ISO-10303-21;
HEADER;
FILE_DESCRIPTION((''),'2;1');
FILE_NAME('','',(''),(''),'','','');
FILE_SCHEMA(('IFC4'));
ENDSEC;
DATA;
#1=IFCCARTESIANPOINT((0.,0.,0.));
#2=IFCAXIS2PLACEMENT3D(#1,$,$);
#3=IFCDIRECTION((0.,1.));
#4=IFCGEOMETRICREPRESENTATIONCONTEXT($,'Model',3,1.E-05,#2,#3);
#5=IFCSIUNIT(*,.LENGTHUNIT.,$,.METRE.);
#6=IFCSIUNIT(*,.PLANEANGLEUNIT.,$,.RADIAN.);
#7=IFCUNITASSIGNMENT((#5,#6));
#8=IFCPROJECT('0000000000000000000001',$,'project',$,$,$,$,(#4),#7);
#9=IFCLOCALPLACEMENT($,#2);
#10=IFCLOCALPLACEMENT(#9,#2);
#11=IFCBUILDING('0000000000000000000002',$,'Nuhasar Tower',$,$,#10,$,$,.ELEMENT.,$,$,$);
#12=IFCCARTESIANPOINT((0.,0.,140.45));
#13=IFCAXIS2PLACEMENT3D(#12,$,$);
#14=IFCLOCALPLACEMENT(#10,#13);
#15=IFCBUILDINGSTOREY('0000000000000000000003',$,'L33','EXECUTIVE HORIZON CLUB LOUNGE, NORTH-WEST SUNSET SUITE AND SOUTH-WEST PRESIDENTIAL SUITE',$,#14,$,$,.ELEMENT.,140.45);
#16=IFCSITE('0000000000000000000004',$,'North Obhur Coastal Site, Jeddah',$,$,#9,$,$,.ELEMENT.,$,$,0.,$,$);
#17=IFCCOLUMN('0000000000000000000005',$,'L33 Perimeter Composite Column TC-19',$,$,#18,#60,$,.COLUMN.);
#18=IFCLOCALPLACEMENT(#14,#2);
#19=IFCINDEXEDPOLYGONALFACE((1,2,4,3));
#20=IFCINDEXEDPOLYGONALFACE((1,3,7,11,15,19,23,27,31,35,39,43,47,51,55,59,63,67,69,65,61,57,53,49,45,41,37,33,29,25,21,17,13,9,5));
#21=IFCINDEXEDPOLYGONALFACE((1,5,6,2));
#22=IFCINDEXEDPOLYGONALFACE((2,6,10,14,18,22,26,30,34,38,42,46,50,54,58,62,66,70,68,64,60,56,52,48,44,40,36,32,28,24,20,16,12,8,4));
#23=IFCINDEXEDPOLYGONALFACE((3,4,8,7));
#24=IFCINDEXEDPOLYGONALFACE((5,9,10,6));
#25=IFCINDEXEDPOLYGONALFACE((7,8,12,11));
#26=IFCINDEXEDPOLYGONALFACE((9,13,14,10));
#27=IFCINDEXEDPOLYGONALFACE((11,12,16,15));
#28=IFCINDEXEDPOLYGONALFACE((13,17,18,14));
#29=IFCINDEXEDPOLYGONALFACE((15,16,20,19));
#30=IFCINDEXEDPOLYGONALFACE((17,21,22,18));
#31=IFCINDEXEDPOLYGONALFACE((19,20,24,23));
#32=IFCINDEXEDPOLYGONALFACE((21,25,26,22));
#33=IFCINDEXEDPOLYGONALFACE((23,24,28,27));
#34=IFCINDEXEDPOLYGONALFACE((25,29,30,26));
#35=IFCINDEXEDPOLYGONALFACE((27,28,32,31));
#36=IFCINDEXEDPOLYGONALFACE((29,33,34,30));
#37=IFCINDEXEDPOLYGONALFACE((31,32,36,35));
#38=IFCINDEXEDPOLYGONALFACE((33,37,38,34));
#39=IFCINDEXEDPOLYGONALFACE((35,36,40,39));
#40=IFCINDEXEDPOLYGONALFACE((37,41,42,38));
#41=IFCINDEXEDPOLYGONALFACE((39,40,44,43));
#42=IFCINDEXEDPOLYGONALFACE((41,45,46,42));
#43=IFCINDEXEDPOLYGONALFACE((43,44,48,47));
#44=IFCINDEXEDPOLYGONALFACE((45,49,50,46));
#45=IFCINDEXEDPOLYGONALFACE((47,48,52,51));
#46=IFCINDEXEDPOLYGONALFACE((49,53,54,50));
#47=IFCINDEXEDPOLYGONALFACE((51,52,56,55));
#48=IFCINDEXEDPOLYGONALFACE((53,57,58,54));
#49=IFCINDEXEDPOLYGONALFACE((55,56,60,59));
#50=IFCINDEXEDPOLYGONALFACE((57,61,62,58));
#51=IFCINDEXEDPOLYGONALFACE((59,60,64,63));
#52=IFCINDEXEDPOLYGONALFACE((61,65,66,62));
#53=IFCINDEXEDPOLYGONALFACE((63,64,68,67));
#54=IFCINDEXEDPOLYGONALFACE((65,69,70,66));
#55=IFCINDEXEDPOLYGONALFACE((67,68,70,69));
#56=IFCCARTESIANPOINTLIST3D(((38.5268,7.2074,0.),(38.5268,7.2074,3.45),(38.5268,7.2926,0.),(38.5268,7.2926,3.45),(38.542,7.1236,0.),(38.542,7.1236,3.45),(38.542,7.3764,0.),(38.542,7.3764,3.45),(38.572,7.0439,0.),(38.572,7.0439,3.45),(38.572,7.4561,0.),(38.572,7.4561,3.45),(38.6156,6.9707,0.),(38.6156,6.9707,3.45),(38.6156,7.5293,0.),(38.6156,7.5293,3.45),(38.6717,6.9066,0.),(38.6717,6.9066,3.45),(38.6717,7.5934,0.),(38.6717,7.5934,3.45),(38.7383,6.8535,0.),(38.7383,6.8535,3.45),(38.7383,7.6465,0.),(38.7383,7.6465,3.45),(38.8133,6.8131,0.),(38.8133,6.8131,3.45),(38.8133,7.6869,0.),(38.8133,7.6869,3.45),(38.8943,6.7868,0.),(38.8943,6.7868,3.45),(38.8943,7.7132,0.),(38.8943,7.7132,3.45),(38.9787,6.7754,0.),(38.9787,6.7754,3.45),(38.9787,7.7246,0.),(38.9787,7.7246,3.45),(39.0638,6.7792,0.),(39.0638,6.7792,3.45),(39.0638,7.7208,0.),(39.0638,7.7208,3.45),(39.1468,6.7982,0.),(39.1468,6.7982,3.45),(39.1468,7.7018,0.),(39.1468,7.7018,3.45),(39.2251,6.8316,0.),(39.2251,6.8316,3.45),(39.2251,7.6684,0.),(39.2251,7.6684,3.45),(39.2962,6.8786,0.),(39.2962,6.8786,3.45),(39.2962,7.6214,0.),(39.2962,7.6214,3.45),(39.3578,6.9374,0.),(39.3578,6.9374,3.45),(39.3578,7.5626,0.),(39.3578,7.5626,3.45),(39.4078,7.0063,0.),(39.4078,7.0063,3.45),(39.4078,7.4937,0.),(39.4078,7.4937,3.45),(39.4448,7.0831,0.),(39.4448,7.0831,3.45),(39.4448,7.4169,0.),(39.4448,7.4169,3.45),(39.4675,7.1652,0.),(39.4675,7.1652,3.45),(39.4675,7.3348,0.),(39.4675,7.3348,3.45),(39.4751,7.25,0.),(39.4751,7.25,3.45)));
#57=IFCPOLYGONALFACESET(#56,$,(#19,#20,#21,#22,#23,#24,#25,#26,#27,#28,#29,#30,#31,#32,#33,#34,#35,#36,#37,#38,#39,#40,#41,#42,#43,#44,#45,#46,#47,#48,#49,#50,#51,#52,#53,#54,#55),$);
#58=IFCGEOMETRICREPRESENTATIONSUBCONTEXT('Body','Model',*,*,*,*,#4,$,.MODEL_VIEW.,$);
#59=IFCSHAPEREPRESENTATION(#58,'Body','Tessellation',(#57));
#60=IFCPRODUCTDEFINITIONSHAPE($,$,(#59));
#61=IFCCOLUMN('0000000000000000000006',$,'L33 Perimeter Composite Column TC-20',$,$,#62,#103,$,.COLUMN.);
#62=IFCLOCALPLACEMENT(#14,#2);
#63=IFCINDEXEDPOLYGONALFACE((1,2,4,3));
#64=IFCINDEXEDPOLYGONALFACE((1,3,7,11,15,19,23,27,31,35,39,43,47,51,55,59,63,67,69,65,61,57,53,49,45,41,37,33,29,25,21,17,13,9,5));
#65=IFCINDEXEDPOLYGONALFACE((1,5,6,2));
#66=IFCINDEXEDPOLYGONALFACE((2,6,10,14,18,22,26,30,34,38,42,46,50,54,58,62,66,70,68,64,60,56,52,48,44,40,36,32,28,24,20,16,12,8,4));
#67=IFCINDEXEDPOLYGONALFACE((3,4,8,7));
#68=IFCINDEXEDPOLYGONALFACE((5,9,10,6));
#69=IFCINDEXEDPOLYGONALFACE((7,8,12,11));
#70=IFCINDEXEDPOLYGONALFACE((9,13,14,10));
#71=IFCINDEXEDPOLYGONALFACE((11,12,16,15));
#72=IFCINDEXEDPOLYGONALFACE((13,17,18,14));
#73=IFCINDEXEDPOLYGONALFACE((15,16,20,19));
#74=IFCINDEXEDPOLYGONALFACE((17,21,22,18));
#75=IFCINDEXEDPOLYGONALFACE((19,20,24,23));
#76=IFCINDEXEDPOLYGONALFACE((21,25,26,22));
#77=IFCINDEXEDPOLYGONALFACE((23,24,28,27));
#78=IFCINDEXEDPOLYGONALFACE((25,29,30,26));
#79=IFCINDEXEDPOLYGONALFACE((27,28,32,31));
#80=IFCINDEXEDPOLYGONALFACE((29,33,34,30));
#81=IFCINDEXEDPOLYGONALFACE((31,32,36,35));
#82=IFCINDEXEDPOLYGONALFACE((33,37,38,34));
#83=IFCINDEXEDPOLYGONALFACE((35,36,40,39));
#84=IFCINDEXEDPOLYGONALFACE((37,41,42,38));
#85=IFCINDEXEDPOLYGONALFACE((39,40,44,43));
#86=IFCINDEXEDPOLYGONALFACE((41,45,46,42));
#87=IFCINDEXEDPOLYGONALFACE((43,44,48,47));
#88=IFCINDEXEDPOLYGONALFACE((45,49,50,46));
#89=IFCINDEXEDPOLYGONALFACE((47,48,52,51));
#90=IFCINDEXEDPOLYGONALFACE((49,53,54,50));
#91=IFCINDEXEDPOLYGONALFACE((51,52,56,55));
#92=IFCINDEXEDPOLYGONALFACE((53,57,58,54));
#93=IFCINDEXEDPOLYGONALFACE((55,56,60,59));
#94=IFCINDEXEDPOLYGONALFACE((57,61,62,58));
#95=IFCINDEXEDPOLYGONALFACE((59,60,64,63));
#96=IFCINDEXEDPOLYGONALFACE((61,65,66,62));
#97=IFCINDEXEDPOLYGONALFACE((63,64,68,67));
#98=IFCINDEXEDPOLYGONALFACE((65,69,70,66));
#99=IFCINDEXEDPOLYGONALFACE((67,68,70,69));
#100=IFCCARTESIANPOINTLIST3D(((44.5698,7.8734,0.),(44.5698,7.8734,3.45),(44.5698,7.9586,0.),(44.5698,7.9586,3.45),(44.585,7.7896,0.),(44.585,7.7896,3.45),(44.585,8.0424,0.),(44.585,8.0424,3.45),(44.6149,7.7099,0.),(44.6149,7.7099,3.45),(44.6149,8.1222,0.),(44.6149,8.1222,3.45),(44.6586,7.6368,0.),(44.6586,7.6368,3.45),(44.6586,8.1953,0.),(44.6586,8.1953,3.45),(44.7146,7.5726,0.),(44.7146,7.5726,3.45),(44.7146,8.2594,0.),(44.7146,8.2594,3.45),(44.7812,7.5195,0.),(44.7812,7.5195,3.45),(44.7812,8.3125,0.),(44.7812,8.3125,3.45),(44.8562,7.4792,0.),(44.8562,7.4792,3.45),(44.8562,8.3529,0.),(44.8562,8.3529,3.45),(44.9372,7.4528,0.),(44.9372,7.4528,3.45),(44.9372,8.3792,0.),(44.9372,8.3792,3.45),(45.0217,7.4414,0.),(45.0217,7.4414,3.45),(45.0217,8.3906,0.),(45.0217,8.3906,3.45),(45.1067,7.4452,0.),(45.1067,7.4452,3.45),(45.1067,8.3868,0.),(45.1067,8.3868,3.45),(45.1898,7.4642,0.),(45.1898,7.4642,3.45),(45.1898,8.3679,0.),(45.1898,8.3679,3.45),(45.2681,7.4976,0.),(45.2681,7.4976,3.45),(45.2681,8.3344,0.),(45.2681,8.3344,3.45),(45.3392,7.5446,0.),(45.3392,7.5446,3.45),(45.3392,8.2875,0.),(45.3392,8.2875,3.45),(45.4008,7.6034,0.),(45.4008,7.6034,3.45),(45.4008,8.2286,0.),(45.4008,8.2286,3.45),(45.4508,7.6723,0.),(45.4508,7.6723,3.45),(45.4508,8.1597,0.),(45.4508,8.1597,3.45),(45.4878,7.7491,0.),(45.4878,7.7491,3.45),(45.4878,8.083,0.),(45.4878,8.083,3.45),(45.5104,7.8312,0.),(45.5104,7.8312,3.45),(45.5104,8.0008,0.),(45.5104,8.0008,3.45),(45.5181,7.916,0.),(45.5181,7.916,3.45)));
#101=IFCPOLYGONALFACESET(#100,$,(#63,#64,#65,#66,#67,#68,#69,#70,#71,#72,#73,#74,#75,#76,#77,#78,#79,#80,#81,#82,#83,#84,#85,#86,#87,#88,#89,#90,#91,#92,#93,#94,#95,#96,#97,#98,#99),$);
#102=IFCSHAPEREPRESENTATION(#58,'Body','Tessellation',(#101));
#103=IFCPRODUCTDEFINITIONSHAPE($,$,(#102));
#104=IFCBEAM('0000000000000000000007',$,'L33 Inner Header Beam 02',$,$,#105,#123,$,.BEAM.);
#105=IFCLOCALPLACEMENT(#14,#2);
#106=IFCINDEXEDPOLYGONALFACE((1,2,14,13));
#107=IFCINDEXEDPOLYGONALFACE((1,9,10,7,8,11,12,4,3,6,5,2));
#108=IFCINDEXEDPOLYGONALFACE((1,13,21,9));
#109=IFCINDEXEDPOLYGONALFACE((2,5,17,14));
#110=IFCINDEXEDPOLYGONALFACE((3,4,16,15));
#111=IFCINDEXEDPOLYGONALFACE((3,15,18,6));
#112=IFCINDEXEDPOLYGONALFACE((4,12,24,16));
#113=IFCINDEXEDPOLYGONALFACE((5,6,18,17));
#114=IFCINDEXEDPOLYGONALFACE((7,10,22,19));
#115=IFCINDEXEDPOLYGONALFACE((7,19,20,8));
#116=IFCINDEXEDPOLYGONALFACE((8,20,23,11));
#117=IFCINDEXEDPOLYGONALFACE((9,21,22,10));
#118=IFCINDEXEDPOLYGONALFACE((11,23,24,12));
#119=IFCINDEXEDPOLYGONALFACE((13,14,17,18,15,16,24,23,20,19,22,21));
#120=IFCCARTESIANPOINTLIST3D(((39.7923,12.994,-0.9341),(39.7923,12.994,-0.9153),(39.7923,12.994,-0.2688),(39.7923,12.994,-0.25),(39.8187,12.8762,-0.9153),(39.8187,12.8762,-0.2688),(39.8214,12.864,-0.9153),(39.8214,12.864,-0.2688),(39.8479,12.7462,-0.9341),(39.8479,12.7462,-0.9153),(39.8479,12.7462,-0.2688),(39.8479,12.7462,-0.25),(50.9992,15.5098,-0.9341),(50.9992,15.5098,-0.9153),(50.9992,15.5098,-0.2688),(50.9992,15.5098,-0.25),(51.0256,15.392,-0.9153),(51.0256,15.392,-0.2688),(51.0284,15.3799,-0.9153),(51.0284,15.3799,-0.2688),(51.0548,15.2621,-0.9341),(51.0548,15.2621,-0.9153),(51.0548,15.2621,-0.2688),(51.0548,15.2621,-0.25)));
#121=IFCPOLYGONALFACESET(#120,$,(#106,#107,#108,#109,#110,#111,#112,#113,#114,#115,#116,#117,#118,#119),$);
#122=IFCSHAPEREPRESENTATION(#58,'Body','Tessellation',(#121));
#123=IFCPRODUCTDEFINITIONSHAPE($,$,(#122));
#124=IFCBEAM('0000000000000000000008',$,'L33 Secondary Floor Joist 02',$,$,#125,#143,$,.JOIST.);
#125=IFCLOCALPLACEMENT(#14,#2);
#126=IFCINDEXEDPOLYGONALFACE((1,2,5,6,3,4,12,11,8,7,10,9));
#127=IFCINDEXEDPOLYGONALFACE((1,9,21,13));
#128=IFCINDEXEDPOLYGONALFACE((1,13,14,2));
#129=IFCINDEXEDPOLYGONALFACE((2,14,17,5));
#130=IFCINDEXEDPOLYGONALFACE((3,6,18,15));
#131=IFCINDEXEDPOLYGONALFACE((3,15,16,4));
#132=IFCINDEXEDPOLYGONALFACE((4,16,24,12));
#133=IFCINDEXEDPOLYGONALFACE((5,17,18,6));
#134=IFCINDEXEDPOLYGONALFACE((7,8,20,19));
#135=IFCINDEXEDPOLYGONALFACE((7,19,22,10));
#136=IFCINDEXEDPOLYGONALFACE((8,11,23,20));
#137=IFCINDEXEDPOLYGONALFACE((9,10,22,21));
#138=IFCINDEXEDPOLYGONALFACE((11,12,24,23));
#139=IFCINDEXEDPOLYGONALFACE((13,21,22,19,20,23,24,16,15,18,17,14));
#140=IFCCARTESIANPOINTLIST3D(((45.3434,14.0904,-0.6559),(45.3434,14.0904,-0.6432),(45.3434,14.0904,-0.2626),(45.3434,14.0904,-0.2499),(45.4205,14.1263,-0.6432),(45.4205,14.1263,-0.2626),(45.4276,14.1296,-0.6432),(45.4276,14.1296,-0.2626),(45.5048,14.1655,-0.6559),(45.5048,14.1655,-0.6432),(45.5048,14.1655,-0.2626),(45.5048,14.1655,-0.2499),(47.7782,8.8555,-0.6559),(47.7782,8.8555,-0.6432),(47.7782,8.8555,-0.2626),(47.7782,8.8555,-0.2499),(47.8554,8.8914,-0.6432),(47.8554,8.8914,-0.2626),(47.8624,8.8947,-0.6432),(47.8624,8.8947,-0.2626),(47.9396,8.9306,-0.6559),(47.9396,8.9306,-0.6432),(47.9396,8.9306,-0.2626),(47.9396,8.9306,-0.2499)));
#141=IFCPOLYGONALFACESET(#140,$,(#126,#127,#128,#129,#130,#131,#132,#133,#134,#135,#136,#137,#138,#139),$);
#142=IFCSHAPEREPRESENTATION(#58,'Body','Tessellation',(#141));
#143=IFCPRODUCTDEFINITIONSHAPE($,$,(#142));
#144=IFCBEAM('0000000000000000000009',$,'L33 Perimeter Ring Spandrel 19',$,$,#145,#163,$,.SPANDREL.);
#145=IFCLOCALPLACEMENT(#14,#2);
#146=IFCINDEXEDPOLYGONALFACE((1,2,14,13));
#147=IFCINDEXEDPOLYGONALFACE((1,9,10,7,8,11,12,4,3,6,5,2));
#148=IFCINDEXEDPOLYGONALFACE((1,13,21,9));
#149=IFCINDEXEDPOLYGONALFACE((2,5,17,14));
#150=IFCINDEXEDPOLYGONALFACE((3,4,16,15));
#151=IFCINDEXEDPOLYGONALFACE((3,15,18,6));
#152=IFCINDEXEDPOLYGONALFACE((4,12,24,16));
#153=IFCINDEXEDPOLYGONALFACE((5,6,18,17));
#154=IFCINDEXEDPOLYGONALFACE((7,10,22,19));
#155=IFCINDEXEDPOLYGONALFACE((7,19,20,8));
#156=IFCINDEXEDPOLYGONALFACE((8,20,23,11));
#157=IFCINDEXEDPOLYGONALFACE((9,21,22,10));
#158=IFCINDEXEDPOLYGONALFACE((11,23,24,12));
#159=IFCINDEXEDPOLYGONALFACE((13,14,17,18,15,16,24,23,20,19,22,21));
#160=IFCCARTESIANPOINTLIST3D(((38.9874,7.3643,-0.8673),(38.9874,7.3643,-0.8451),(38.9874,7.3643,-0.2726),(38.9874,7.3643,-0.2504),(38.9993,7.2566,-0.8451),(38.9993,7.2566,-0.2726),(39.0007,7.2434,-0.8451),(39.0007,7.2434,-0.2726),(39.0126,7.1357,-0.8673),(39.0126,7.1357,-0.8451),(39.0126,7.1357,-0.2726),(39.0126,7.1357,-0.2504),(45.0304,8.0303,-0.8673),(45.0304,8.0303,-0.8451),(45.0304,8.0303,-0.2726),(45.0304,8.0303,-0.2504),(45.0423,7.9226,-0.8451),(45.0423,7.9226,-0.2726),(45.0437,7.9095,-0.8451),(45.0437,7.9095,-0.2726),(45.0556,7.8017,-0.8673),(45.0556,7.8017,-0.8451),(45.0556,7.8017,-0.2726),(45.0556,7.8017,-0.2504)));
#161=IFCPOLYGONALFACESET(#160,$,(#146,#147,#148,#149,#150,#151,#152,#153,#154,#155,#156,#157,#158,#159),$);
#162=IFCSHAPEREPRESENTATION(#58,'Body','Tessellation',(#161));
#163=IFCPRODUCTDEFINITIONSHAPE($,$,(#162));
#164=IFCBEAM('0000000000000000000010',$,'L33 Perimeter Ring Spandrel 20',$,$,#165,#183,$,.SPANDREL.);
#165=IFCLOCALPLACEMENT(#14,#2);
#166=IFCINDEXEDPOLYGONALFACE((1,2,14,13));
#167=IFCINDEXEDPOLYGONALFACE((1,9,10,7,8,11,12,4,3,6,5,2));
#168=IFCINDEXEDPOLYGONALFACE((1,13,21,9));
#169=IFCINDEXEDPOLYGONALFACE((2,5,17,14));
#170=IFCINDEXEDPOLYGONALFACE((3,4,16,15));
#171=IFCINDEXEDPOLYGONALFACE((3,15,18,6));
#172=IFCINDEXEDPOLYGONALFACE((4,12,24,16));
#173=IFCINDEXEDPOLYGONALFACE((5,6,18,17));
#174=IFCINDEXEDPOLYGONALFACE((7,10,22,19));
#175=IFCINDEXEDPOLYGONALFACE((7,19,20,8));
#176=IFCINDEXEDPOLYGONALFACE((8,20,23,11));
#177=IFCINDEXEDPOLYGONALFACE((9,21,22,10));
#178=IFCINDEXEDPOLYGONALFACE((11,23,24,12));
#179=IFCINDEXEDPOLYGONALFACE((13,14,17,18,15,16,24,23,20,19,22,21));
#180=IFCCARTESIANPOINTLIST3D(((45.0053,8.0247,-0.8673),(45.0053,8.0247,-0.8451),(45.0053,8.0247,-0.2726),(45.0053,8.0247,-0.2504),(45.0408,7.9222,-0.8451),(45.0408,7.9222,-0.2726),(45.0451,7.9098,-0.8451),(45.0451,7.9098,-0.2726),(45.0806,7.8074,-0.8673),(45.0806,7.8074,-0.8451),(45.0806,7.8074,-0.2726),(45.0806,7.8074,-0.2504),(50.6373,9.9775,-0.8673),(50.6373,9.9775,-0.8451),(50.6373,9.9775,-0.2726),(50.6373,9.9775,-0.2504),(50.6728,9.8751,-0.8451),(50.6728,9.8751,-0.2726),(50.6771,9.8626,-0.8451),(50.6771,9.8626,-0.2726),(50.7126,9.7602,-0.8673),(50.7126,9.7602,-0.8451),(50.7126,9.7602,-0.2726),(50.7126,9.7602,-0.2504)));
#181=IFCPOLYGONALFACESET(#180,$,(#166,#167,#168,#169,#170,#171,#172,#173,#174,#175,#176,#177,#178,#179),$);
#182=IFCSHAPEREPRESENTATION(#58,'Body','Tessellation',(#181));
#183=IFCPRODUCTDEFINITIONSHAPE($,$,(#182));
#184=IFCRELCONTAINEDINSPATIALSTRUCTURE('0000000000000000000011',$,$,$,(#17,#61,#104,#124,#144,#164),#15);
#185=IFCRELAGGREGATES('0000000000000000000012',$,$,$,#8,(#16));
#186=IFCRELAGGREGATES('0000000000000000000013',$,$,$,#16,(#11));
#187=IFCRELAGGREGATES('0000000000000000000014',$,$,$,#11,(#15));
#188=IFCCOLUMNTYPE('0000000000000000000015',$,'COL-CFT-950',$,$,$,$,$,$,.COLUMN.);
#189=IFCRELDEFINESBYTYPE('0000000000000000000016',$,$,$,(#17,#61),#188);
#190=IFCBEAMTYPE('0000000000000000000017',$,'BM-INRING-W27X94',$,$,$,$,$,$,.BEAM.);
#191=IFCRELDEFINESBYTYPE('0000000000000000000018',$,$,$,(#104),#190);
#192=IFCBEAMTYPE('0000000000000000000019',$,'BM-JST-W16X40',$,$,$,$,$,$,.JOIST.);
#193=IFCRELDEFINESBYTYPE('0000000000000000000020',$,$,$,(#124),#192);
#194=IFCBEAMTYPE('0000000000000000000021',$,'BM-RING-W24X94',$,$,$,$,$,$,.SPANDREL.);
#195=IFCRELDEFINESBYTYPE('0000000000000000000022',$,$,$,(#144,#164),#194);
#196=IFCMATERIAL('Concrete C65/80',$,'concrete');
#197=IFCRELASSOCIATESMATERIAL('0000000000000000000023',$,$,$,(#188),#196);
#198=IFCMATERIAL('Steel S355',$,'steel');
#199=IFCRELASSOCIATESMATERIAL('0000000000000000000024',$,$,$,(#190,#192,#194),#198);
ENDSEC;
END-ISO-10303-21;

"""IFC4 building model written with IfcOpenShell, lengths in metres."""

from ifc_helpers import new_model, si_unit, direction, frame, origin, origin_2d, place, context, subcontext, project, spatial, circle, i_section, extrude, material, material_profile, profile_set, type_object, element, save


model = new_model("IFC4")

# Units and contexts
model_context = context("Model", 3, precision=1e-05, world=origin(), true_north=direction((0.0, 1.0)))
body_context = subcontext(model_context, "Body", "Model", "MODEL_VIEW")
ifc_project = project(units=[si_unit("LENGTHUNIT", "METRE"), si_unit("PLANEANGLEUNIT", "RADIAN")], contexts=[model_context])

# Site, building, storey
site_placement = place(None, origin())
site = spatial("IfcSite", under=ifc_project, at=site_placement, Name="North Obhur Coastal Site, Jeddah", CompositionType="ELEMENT", RefElevation=0.0)
building_placement = place(site_placement, origin())
building = spatial("IfcBuilding", under=site, at=building_placement, Name="Nuhasar Tower", CompositionType="ELEMENT")
storey_placement = place(building_placement, frame((0.0, 0.0, 140.45)))
storey = spatial("IfcBuildingStorey", under=building, at=storey_placement, Name="L33", Description="EXECUTIVE HORIZON CLUB LOUNGE, NORTH-WEST SUNSET SUITE AND SOUTH-WEST PRESIDENTIAL SUITE", CompositionType="ELEMENT", Elevation=140.45)

# Columns
ifc_material_1 = material(Name="Concrete C65/80", Category="concrete")
ifc_material_profile_1 = material_profile(ifc_material_1, circle(Radius=0.4751, at=origin_2d()), Name="CFT950")
ifc_profile_set_1 = profile_set([ifc_material_profile_1], Name="Concrete C65/80")
column_type = type_object("IfcColumnType", Name="COL-CFT-950", PredefinedType="COLUMN", material=ifc_profile_set_1)
for number, where, z_axis, x_axis, name in (
    (1, (39.0, 7.25, 0.0), (0.0, 0.0, 1.0), (1.0, 0.0, 0.0), "L33 Perimeter Composite Column TC-19"),
    (2, (45.043, 7.916, 0.0), (0.0, 0.0, 1.0), (1.0, 0.0, 0.0), "L33 Perimeter Composite Column TC-20"),
):
    element("IfcColumn", number, at=place(storey_placement, frame(where, z_axis=z_axis, x_axis=x_axis)), inside=storey, type_object=column_type, Name=name, PredefinedType="COLUMN", context=body_context, shape_type="SweptSolid", body=[
        extrude(circle(Radius=0.4751, at=origin_2d()), origin(), (0.0, 0.0, 1.0), 3.45),
    ])

# Beams
ifc_material_2 = material(Name="Steel S355", Category="steel")
ifc_material_profile_2 = material_profile(ifc_material_2, i_section(OverallWidth=0.2539, OverallDepth=0.6841, WebThickness=0.0125, FlangeThickness=0.0188, at=origin_2d()), Name="W27X94")
ifc_profile_set_2 = profile_set([ifc_material_profile_2], Name="Steel S355")
beam_type_1 = type_object("IfcBeamType", Name="BM-INRING-W27X94", PredefinedType="BEAM", material=ifc_profile_set_2)
beam_1_placement = place(storey_placement, frame((39.8201, 12.8701, -0.592), z_axis=(0.975716, 0.219039, 0.0), x_axis=(-0.219039, 0.975716, 0.0)))
element("IfcBeam", 3, at=beam_1_placement, inside=storey, type_object=beam_type_1, Name="L33 Inner Header Beam 02", PredefinedType="BEAM", context=body_context, shape_type="SweptSolid", body=[
    extrude(i_section(OverallWidth=0.2539, OverallDepth=0.6841, WebThickness=0.0125, FlangeThickness=0.0188, at=origin_2d()), origin(), (0.0, 0.0, 1.0), 11.4858),
])
ifc_material_profile_3 = material_profile(ifc_material_2, i_section(OverallWidth=0.178, OverallDepth=0.406, WebThickness=0.0078, FlangeThickness=0.0127, at=origin_2d()), Name="W16X40")
ifc_profile_set_3 = profile_set([ifc_material_profile_3], Name="Steel S355")
beam_type_2 = type_object("IfcBeamType", Name="BM-JST-W16X40", PredefinedType="JOIST", material=ifc_profile_set_3)
beam_2_placement = place(storey_placement, frame((45.4241, 14.1279, -0.4529), z_axis=(0.42173, -0.906721, 0.0), x_axis=(0.906721, 0.42173, 0.0)))
element("IfcBeam", 4, at=beam_2_placement, inside=storey, type_object=beam_type_2, Name="L33 Secondary Floor Joist 02", PredefinedType="JOIST", context=body_context, shape_type="SweptSolid", body=[
    extrude(i_section(OverallWidth=0.178, OverallDepth=0.406, WebThickness=0.0078, FlangeThickness=0.0127, at=origin_2d()), origin(), (0.0, 0.0, 1.0), 5.7734),
])
ifc_material_profile_4 = material_profile(ifc_material_2, i_section(OverallWidth=0.23, OverallDepth=0.6169, WebThickness=0.0132, FlangeThickness=0.0222, at=origin_2d()), Name="W24X94")
ifc_profile_set_4 = profile_set([ifc_material_profile_4], Name="Steel S355")
beam_type_3 = type_object("IfcBeamType", Name="BM-RING-W24X94", PredefinedType="SPANDREL", material=ifc_profile_set_4)
beam_3_placement = place(storey_placement, frame((39.0, 7.25, -0.5588), z_axis=(0.993981, 0.10955, 0.0), x_axis=(-0.10955, 0.993981, 0.0)))
element("IfcBeam", 5, at=beam_3_placement, inside=storey, type_object=beam_type_3, Name="L33 Perimeter Ring Spandrel 19", PredefinedType="SPANDREL", context=body_context, shape_type="SweptSolid", body=[
    extrude(i_section(OverallWidth=0.23, OverallDepth=0.6169, WebThickness=0.0132, FlangeThickness=0.0222, at=origin_2d()), origin(), (0.0, 0.0, 1.0), 6.0796),
])
beam_4_placement = place(storey_placement, frame((45.043, 7.916, -0.5588), z_axis=(0.944814, 0.327607, 0.0), x_axis=(-0.327607, 0.944814, 0.0)))
element("IfcBeam", 6, at=beam_4_placement, inside=storey, type_object=beam_type_3, Name="L33 Perimeter Ring Spandrel 20", PredefinedType="SPANDREL", context=body_context, shape_type="SweptSolid", body=[
    extrude(i_section(OverallWidth=0.23, OverallDepth=0.6169, WebThickness=0.0132, FlangeThickness=0.0222, at=origin_2d()), origin(), (0.0, 0.0, 1.0), 5.9609),
])

save(model, "model.ifc")
